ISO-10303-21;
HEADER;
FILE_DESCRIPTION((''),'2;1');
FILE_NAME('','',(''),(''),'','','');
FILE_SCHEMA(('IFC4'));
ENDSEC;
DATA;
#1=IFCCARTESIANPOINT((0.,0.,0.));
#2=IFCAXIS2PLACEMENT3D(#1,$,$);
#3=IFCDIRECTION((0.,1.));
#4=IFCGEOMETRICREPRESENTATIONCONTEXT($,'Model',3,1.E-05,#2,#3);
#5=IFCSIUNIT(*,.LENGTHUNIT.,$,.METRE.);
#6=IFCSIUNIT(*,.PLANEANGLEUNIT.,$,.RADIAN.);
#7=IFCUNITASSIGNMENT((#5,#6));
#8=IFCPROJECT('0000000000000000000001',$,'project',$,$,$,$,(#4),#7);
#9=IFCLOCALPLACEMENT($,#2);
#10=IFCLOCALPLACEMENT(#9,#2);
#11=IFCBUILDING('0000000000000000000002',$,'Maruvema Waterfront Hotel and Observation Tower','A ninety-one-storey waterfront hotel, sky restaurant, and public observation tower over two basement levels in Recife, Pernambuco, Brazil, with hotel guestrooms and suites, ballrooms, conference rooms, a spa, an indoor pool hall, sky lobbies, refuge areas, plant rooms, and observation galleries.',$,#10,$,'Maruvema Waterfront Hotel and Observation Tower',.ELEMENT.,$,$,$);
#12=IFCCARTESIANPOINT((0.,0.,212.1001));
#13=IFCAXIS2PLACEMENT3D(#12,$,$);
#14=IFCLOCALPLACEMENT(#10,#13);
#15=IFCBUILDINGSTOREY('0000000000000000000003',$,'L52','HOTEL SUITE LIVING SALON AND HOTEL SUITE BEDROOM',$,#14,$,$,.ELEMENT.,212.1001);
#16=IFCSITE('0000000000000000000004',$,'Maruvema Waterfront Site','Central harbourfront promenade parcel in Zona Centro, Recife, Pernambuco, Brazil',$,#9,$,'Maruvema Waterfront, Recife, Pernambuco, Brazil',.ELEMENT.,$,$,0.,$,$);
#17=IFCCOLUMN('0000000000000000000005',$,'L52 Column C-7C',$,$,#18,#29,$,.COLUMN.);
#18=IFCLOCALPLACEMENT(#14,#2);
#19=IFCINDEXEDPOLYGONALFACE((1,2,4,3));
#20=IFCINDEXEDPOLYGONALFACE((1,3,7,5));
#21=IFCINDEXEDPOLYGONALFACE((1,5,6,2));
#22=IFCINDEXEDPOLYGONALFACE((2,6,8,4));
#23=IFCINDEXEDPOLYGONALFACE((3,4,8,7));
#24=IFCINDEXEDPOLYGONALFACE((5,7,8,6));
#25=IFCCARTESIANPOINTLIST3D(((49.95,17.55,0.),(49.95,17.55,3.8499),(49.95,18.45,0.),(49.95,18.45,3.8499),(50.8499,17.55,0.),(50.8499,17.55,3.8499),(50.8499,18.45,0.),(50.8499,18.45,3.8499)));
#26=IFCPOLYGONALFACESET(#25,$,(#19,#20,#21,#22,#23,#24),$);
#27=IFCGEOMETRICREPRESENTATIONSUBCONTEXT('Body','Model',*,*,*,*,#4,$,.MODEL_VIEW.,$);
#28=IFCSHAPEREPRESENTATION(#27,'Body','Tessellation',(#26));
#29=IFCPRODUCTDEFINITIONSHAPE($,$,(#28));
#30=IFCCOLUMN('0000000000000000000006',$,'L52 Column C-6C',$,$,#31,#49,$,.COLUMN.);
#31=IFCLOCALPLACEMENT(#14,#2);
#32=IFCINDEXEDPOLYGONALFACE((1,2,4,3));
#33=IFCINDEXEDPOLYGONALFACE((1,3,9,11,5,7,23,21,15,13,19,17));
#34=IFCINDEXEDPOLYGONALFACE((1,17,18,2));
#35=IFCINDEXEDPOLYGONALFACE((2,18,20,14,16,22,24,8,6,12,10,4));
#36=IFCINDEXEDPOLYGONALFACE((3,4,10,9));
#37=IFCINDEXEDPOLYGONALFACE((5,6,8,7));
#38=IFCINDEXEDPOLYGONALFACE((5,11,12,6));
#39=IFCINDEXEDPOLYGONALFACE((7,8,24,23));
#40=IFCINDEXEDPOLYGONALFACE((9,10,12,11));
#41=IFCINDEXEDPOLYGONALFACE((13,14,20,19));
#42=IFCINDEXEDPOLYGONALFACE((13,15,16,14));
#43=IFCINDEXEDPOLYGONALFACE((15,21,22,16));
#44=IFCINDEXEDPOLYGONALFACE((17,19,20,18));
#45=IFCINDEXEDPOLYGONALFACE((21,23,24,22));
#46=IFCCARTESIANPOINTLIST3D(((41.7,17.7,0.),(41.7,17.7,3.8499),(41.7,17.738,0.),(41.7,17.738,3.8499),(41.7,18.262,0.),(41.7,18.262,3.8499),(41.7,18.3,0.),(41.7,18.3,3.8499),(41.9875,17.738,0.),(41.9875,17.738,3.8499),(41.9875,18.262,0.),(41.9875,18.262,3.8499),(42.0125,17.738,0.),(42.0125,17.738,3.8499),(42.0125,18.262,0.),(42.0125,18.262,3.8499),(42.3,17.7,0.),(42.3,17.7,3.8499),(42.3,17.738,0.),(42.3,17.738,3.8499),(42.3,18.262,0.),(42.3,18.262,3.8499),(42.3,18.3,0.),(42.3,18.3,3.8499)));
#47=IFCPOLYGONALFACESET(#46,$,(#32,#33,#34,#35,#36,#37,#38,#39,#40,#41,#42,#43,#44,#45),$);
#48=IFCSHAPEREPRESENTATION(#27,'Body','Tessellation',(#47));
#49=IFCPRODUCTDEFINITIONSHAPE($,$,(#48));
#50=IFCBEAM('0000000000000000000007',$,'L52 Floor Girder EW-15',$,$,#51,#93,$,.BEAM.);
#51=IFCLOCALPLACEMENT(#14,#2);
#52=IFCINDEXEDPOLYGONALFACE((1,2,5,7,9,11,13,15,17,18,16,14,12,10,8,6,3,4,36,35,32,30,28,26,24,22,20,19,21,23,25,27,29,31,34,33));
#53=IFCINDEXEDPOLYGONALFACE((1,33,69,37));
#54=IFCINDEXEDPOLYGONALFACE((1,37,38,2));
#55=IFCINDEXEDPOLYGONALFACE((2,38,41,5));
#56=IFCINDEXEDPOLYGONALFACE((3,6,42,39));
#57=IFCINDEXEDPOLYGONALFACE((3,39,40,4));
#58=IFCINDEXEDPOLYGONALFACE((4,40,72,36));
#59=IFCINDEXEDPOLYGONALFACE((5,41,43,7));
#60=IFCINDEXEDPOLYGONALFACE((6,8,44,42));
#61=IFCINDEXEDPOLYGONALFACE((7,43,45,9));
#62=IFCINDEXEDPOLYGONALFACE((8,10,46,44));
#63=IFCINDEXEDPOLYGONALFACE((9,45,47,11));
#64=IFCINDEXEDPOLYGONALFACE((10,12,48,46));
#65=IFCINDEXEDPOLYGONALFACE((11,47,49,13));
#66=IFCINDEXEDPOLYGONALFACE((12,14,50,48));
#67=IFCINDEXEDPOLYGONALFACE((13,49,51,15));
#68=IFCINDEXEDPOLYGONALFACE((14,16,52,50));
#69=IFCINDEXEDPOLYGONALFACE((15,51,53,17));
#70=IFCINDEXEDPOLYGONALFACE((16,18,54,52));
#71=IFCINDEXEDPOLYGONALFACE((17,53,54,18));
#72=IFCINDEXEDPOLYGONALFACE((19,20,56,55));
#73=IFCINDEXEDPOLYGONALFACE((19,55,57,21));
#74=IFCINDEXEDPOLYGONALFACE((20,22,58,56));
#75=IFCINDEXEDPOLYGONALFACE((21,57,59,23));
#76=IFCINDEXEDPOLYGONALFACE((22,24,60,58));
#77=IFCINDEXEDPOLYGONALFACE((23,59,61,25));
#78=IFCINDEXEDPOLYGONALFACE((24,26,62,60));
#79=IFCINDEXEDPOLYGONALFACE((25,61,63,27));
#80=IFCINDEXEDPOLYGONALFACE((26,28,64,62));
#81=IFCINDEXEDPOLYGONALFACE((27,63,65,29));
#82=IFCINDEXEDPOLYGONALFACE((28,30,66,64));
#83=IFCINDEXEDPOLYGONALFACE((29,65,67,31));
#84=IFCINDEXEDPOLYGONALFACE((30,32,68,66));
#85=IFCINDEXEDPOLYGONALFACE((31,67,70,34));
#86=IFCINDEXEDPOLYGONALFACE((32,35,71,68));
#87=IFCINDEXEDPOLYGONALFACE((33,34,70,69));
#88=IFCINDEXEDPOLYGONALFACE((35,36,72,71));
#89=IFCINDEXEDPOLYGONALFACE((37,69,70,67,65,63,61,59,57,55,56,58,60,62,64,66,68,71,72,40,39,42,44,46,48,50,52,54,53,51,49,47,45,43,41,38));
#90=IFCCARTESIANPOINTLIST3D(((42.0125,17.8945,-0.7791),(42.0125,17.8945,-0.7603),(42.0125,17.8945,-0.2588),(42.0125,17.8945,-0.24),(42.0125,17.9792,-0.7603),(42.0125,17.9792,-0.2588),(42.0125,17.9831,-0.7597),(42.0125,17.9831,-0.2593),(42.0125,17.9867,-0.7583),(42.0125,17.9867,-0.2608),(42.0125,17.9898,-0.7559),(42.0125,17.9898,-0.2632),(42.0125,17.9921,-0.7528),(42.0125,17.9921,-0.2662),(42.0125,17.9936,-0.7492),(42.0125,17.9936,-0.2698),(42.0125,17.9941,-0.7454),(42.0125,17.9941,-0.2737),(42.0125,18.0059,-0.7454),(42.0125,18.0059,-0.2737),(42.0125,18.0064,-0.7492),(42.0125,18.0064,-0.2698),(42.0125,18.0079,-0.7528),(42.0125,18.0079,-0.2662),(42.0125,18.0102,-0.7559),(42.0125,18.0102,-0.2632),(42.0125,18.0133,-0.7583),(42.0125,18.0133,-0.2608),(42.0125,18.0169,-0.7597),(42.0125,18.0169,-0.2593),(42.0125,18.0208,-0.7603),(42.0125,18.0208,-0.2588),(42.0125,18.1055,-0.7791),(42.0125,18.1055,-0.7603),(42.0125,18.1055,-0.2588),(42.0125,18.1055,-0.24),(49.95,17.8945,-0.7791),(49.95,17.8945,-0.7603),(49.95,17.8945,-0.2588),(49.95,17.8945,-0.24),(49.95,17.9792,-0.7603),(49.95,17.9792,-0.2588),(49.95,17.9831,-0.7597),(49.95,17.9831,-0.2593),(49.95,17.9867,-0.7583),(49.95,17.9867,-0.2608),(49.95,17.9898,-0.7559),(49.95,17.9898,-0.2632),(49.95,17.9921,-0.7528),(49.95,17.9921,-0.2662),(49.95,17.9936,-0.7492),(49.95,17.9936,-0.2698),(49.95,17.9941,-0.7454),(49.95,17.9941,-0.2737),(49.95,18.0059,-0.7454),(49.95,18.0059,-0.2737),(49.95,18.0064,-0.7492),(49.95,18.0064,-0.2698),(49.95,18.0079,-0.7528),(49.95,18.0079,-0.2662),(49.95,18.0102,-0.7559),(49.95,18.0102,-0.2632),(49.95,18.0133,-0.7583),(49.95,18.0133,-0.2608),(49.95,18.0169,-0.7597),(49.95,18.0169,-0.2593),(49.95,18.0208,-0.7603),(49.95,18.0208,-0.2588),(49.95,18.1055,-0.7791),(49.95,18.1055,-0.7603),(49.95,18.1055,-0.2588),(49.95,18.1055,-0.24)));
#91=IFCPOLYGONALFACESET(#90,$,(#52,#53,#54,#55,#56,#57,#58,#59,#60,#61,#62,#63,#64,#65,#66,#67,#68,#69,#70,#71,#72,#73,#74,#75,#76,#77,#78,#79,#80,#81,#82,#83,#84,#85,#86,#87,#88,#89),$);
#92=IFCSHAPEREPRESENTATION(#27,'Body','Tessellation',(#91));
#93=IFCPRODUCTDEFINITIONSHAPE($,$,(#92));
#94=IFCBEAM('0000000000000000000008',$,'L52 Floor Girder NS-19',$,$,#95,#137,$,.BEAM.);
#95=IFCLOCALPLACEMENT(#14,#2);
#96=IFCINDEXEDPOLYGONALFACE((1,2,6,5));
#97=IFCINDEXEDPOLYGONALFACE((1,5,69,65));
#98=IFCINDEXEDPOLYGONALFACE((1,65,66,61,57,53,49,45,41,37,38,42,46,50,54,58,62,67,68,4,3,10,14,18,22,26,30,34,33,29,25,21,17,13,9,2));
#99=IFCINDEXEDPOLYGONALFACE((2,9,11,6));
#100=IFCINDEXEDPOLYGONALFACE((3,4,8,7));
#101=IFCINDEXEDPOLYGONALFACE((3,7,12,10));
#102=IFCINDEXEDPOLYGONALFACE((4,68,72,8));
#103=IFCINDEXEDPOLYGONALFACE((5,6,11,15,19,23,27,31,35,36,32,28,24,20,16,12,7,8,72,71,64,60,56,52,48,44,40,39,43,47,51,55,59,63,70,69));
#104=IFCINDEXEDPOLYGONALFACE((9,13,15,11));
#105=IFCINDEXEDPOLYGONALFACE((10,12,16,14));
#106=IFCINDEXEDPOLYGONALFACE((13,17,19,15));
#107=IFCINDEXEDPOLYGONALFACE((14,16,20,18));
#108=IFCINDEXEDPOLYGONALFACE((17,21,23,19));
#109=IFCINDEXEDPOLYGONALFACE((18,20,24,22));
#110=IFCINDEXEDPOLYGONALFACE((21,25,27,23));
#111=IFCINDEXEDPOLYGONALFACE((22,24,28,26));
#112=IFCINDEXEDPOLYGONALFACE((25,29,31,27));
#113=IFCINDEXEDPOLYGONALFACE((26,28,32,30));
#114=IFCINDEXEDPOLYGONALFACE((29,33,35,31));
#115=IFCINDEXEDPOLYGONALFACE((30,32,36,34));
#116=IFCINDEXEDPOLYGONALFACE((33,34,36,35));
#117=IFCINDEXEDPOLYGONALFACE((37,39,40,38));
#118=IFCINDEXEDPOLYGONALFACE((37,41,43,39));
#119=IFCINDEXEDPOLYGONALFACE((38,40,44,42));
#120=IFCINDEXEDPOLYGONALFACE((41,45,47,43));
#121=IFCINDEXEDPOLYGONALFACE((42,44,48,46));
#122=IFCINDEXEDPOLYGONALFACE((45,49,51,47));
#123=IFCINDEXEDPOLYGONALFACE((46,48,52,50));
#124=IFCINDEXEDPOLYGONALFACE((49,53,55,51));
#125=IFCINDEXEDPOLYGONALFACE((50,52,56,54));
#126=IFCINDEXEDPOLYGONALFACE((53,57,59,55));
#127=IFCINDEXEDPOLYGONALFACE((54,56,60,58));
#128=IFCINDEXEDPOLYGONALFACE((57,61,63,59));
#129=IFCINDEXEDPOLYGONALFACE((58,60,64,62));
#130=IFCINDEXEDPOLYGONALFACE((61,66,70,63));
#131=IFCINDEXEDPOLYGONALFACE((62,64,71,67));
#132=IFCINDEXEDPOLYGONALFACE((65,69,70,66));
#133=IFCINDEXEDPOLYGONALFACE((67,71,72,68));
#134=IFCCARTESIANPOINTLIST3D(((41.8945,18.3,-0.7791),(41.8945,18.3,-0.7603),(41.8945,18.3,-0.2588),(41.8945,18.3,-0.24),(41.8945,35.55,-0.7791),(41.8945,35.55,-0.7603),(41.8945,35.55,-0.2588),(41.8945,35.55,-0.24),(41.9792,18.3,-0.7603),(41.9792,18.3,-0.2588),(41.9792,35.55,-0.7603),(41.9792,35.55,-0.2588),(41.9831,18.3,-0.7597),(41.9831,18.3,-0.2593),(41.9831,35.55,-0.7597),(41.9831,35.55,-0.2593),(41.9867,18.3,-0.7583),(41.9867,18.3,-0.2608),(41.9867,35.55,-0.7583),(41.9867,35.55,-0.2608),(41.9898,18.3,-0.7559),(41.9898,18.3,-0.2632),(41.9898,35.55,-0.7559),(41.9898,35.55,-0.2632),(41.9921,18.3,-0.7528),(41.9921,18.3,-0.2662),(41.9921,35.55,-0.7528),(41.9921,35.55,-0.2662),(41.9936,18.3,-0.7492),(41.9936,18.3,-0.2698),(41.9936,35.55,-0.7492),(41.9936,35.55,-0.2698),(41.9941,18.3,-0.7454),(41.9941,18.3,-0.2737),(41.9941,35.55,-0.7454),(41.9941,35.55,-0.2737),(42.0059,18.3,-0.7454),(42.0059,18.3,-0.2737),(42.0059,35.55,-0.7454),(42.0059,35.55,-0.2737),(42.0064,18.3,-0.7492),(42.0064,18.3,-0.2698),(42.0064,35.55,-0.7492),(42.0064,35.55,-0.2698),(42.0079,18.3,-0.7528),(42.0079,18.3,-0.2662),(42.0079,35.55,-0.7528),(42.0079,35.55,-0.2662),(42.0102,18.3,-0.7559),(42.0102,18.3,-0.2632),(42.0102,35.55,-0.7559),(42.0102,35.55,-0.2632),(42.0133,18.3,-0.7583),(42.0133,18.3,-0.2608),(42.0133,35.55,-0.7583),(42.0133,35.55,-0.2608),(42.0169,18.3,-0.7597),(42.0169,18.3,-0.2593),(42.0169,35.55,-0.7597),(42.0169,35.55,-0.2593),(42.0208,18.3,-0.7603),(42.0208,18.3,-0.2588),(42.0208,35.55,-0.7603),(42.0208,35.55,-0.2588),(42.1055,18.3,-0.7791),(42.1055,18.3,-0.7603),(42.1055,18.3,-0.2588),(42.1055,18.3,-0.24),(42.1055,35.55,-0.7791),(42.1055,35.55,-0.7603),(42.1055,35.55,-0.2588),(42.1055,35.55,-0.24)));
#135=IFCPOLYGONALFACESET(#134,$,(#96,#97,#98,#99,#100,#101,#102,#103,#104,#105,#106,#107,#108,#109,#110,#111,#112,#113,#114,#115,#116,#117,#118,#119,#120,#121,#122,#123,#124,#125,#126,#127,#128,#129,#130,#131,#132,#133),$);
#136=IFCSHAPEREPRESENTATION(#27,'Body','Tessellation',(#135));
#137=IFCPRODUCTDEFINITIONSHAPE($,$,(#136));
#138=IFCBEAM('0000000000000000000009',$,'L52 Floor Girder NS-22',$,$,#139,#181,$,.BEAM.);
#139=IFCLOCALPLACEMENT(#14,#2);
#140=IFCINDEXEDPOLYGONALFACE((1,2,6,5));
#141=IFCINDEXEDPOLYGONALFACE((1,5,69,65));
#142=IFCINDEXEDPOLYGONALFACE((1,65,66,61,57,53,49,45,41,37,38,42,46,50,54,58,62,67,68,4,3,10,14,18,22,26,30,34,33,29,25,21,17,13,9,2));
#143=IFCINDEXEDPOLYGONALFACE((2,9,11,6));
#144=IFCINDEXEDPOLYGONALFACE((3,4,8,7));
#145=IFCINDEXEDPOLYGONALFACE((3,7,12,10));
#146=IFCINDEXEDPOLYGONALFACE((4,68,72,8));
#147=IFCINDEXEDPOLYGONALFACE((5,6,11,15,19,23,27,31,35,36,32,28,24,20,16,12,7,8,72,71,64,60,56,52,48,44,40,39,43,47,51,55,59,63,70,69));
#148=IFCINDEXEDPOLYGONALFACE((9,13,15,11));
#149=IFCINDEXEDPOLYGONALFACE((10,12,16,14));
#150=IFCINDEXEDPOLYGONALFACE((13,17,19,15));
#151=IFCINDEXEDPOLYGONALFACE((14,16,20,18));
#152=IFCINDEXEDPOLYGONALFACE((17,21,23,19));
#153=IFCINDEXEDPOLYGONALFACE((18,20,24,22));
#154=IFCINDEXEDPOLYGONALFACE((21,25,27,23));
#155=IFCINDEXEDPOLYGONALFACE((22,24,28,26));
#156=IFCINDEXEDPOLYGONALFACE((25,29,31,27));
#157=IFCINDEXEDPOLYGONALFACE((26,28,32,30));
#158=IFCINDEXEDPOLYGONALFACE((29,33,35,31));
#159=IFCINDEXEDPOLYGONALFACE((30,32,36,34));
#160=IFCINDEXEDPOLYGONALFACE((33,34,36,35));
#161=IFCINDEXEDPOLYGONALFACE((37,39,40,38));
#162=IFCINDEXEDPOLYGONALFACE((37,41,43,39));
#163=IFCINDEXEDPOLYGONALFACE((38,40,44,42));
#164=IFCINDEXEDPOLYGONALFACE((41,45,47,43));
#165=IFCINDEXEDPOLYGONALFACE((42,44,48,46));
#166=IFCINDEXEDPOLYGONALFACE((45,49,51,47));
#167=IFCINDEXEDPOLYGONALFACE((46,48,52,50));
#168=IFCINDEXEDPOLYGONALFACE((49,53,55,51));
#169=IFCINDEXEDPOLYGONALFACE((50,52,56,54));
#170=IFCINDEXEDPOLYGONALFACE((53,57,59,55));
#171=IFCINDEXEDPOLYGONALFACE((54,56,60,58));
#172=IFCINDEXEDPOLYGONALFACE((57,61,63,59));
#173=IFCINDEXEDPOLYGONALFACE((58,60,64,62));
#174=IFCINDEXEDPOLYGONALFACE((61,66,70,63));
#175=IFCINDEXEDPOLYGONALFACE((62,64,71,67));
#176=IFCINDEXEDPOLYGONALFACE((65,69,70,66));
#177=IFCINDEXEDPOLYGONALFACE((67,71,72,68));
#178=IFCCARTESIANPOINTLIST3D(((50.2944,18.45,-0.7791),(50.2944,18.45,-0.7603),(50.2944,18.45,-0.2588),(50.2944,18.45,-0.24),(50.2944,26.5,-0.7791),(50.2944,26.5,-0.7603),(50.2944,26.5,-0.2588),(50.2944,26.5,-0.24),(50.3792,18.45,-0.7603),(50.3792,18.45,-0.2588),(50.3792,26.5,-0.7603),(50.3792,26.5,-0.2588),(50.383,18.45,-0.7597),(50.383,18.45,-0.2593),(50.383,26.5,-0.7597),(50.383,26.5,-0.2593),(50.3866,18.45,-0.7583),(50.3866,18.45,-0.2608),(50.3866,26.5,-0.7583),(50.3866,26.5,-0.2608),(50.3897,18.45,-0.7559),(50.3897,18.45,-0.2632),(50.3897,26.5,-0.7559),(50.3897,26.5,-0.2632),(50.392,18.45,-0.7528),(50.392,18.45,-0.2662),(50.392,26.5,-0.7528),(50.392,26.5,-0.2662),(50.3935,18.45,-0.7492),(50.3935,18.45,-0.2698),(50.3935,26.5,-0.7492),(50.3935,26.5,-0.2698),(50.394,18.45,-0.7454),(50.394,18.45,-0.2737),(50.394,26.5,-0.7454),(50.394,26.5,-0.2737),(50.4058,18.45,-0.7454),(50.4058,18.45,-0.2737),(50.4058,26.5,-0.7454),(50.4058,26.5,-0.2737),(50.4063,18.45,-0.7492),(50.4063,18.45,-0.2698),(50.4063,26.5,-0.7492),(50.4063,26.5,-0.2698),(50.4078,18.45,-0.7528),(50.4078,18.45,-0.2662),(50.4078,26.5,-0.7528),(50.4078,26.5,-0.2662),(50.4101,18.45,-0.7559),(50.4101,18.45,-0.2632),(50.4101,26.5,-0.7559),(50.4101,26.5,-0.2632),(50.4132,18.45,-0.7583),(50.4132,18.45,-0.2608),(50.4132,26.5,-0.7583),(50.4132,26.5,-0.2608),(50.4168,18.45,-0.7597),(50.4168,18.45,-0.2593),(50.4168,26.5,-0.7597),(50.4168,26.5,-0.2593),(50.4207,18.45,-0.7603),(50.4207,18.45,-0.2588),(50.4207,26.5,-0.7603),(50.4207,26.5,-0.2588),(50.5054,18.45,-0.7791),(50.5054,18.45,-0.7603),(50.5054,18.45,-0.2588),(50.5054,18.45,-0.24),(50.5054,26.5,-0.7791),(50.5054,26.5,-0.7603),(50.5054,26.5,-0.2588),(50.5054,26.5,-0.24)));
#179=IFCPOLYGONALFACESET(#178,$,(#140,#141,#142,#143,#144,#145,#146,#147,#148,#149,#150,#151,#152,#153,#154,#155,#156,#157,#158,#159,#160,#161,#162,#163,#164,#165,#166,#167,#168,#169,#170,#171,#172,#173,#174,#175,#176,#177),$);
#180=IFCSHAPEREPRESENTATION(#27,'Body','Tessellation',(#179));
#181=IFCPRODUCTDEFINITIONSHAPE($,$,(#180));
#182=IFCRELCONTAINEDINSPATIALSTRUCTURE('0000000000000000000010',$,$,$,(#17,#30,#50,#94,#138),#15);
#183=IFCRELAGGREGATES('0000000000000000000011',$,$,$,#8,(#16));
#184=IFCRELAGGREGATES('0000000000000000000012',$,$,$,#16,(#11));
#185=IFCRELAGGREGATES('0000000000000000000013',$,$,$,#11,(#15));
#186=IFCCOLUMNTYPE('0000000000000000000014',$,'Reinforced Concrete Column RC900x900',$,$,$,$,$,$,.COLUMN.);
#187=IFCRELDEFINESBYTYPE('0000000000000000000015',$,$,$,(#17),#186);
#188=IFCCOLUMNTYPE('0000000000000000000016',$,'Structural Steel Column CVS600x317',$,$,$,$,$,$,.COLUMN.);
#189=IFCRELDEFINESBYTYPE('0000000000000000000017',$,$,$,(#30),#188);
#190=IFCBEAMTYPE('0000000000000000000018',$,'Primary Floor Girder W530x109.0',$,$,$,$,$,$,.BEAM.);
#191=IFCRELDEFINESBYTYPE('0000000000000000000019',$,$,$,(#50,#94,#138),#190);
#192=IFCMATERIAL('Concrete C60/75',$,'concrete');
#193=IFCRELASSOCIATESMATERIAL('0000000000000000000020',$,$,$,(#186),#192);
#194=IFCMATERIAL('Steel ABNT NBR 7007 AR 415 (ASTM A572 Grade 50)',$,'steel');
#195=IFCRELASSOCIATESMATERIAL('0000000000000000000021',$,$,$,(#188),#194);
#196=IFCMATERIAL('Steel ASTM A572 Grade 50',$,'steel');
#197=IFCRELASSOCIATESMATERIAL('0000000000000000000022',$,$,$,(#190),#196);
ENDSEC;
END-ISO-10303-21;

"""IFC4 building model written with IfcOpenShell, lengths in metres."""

from ifc_helpers import new_model, si_unit, direction, frame, origin, origin_2d, place, context, subcontext, project, spatial, rectangle, i_section, extrude, material, material_profile, profile_set, type_object, element, save


model = new_model("IFC4")

# Units and contexts
model_context = context("Model", 3, precision=1e-05, world=origin(), true_north=direction((0.0, 1.0)))
body_context = subcontext(model_context, "Body", "Model", "MODEL_VIEW")
ifc_project = project(units=[si_unit("LENGTHUNIT", "METRE"), si_unit("PLANEANGLEUNIT", "RADIAN")], contexts=[model_context])

# Site, building, storey
site_placement = place(None, origin())
site = spatial("IfcSite", under=ifc_project, at=site_placement, Name="Maruvema Waterfront Site", Description="Central harbourfront promenade parcel in Zona Centro, Recife, Pernambuco, Brazil", LongName="Maruvema Waterfront, Recife, Pernambuco, Brazil", CompositionType="ELEMENT", RefElevation=0.0)
building_placement = place(site_placement, origin())
building = spatial("IfcBuilding", under=site, at=building_placement, Name="Maruvema Waterfront Hotel and Observation Tower", Description="A ninety-one-storey waterfront hotel, sky restaurant, and public observation tower over two basement levels in Recife, Pernambuco, Brazil, with hotel guestrooms and suites, ballrooms, conference rooms, a spa, an indoor pool hall, sky lobbies, refuge areas, plant rooms, and observation galleries.", LongName="Maruvema Waterfront Hotel and Observation Tower", CompositionType="ELEMENT")
storey_placement = place(building_placement, frame((0.0, 0.0, 212.1001)))
storey = spatial("IfcBuildingStorey", under=building, at=storey_placement, Name="L52", Description="HOTEL SUITE LIVING SALON AND HOTEL SUITE BEDROOM", CompositionType="ELEMENT", Elevation=212.1001)

# Columns
ifc_material_1 = material(Name="Concrete C60/75", Category="concrete")
ifc_material_profile_1 = material_profile(ifc_material_1, rectangle(XDim=0.8999, YDim=0.8999, at=origin_2d()), Name="RC900x900")
ifc_profile_set_1 = profile_set([ifc_material_profile_1], Name="Concrete C60/75")
column_type_1 = type_object("IfcColumnType", Name="Reinforced Concrete Column RC900x900", PredefinedType="COLUMN", material=ifc_profile_set_1)
column_1_placement = place(storey_placement, frame((50.3999, 18.0, 0.0), z_axis=(0.0, 0.0, 1.0), x_axis=(1.0, 0.0, 0.0)))
element("IfcColumn", 1, at=column_1_placement, inside=storey, type_object=column_type_1, Name="L52 Column C-7C", PredefinedType="COLUMN", context=body_context, shape_type="SweptSolid", body=[
    extrude(rectangle(XDim=0.8999, YDim=0.8999, at=origin_2d()), origin(), (0.0, 0.0, 1.0), 3.8499),
])
ifc_material_2 = material(Name="Steel ABNT NBR 7007 AR 415 (ASTM A572 Grade 50)", Category="steel")
ifc_material_profile_2 = material_profile(ifc_material_2, i_section(OverallWidth=0.6001, OverallDepth=0.6001, WebThickness=0.0249, FlangeThickness=0.0381, at=origin_2d()), Name="CVS600x317")
ifc_profile_set_2 = profile_set([ifc_material_profile_2], Name="Steel ABNT NBR 7007 AR 415 (ASTM A572 Grade 50)")
column_type_2 = type_object("IfcColumnType", Name="Structural Steel Column CVS600x317", PredefinedType="COLUMN", material=ifc_profile_set_2)
column_2_placement = place(storey_placement, frame((42.0, 18.0, 0.0), z_axis=(0.0, 0.0, 1.0), x_axis=(1.0, 0.0, 0.0)))
element("IfcColumn", 2, at=column_2_placement, inside=storey, type_object=column_type_2, Name="L52 Column C-6C", PredefinedType="COLUMN", context=body_context, shape_type="SweptSolid", body=[
    extrude(i_section(OverallWidth=0.6001, OverallDepth=0.6001, WebThickness=0.0249, FlangeThickness=0.0381, at=origin_2d()), origin(), (0.0, 0.0, 1.0), 3.8499),
])

# Beams
ifc_material_3 = material(Name="Steel ASTM A572 Grade 50", Category="steel")
ifc_material_profile_3 = material_profile(ifc_material_3, i_section(OverallWidth=0.2109, OverallDepth=0.5391, WebThickness=0.0117, FlangeThickness=0.0188, FilletRadius=0.0149, at=origin_2d()), Name="W530x109.0")
ifc_profile_set_3 = profile_set([ifc_material_profile_3], Name="Steel ASTM A572 Grade 50")
beam_type = type_object("IfcBeamType", Name="Primary Floor Girder W530x109.0", PredefinedType="BEAM", material=ifc_profile_set_3)
beam_1_placement = place(storey_placement, frame((42.0125, 18.0, -0.5095), z_axis=(1.0, 0.0, 0.0), x_axis=(0.0, 1.0, 0.0)))
element("IfcBeam", 3, at=beam_1_placement, inside=storey, type_object=beam_type, Name="L52 Floor Girder EW-15", PredefinedType="BEAM", context=body_context, shape_type="SweptSolid", body=[
    extrude(i_section(OverallWidth=0.2109, OverallDepth=0.5391, WebThickness=0.0117, FlangeThickness=0.0188, FilletRadius=0.0149, at=origin_2d()), origin(), (0.0, 0.0, 1.0), 7.9375),
])
beam_2_placement = place(storey_placement, frame((42.0, 18.3, -0.5095), z_axis=(0.0, 1.0, 0.0), x_axis=(-1.0, 0.0, 0.0)))
element("IfcBeam", 4, at=beam_2_placement, inside=storey, type_object=beam_type, Name="L52 Floor Girder NS-19", PredefinedType="BEAM", context=body_context, shape_type="SweptSolid", body=[
    extrude(i_section(OverallWidth=0.2109, OverallDepth=0.5391, WebThickness=0.0117, FlangeThickness=0.0188, FilletRadius=0.0149, at=origin_2d()), origin(), (0.0, 0.0, 1.0), 17.25),
])
beam_3_placement = place(storey_placement, frame((50.3999, 18.45, -0.5095), z_axis=(0.0, 1.0, 0.0), x_axis=(-1.0, 0.0, 0.0)))
element("IfcBeam", 5, at=beam_3_placement, inside=storey, type_object=beam_type, Name="L52 Floor Girder NS-22", PredefinedType="BEAM", context=body_context, shape_type="SweptSolid", body=[
    extrude(i_section(OverallWidth=0.2109, OverallDepth=0.5391, WebThickness=0.0117, FlangeThickness=0.0188, FilletRadius=0.0149, at=origin_2d()), origin(), (0.0, 0.0, 1.0), 8.05),
])

save(model, "model.ifc")
